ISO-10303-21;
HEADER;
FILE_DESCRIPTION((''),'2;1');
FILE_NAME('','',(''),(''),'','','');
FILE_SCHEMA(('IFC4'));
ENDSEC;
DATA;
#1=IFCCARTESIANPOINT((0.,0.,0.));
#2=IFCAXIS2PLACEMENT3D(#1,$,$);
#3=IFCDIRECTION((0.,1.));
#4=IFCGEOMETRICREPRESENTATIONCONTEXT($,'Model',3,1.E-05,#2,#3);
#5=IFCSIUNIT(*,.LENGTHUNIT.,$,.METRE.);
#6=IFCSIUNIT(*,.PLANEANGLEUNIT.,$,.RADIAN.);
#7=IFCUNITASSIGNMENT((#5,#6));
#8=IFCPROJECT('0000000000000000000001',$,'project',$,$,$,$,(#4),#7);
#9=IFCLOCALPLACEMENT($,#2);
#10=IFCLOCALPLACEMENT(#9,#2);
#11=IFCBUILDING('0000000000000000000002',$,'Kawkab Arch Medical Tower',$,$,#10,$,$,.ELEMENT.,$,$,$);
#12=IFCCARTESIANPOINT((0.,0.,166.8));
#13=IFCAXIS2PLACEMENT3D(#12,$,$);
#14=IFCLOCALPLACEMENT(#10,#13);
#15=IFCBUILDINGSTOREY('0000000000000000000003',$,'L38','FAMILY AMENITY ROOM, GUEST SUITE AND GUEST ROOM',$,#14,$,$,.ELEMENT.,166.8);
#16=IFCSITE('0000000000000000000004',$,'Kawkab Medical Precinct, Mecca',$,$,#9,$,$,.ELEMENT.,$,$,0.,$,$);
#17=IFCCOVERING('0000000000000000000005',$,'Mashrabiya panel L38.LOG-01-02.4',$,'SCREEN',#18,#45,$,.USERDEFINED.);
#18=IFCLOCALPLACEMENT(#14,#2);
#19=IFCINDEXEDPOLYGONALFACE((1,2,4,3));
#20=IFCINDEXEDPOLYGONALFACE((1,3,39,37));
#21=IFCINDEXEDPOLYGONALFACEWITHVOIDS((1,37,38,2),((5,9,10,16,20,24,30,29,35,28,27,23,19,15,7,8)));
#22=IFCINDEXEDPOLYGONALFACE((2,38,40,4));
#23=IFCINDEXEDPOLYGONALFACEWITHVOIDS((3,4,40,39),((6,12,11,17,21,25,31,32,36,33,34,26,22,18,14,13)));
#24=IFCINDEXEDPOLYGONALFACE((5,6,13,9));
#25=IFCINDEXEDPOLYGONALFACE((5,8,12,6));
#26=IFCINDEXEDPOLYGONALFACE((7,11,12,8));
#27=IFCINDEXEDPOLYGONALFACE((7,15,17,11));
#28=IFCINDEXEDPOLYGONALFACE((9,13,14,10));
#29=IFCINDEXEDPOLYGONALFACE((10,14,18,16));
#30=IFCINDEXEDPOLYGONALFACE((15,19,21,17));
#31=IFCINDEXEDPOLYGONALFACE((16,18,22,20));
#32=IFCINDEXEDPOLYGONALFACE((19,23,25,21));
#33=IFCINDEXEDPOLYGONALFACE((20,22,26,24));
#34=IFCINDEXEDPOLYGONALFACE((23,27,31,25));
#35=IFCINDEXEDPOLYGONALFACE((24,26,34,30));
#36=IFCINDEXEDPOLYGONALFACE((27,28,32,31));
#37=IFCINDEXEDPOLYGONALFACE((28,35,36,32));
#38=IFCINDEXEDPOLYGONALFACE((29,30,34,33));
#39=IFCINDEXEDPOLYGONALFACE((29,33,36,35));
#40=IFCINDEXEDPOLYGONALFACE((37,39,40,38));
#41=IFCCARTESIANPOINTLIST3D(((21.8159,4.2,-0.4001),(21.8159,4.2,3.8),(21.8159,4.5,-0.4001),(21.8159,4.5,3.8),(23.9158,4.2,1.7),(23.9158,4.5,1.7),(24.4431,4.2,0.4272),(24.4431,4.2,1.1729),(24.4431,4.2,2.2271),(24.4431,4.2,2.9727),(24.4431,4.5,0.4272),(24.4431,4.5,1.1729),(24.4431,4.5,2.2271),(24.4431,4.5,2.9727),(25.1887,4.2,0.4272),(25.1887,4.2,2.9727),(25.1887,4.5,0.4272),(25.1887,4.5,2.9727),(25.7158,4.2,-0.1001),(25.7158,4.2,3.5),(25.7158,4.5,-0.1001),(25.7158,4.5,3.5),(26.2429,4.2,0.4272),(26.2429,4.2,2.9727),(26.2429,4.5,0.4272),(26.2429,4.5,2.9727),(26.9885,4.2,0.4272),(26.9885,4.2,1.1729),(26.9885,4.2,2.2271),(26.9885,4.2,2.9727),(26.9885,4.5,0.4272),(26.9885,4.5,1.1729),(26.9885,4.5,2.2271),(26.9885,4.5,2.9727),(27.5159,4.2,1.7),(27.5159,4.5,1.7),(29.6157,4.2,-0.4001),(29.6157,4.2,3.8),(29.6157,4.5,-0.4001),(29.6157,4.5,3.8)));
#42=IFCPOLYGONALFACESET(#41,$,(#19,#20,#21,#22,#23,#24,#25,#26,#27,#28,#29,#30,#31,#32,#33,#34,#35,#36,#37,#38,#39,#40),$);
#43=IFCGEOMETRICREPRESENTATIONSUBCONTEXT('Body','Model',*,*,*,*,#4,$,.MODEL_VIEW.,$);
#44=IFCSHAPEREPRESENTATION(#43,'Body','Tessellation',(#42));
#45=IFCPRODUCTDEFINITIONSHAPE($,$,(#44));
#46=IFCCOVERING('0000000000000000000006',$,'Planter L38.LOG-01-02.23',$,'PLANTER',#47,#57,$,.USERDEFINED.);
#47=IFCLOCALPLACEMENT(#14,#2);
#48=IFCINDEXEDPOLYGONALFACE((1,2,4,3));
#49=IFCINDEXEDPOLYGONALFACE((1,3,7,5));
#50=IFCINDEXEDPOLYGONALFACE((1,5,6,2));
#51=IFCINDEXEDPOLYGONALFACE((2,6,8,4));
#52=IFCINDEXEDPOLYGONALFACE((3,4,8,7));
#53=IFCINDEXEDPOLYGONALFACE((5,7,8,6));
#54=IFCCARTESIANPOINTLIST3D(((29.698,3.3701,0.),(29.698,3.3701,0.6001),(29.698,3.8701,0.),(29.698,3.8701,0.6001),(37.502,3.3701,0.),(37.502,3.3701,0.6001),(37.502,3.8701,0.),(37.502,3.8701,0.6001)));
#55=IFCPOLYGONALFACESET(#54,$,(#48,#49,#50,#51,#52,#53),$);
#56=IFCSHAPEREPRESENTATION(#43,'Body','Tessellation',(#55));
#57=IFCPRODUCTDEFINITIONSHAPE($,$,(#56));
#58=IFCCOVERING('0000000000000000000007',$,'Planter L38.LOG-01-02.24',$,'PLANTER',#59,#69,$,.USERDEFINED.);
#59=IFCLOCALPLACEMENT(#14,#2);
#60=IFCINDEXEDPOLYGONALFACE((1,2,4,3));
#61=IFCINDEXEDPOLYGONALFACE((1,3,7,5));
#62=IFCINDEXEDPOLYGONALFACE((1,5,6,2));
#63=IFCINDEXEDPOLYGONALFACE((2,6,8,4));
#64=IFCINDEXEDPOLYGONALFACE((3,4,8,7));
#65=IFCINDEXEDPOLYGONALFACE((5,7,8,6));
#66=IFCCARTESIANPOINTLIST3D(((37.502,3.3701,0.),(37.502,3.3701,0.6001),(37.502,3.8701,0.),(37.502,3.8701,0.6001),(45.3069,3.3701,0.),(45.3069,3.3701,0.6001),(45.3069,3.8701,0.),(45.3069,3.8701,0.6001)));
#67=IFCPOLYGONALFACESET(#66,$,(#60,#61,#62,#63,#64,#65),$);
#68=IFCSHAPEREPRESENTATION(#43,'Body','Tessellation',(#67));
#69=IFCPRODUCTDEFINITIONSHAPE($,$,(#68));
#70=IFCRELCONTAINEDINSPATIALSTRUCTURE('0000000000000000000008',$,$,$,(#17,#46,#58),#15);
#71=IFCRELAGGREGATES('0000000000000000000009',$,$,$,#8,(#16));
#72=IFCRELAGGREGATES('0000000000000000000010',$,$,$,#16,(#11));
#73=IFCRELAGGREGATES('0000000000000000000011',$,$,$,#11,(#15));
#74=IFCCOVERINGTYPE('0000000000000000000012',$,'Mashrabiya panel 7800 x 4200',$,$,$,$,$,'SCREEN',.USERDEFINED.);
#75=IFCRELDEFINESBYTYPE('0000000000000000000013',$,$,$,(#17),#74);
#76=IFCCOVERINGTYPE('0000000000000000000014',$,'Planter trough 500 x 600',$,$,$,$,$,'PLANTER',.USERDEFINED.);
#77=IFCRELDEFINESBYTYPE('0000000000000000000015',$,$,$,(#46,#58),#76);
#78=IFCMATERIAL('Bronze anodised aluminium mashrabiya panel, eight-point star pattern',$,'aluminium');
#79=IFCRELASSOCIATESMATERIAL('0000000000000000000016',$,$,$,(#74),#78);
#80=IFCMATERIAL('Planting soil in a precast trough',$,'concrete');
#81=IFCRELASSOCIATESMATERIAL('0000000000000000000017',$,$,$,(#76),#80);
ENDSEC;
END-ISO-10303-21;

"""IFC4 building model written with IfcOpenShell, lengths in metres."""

from ifc_helpers import new_model, si_unit, direction, frame, origin, origin_2d, place, context, subcontext, project, spatial, polyline, rectangle, outline, extrude, material, material_profile, profile_set, type_object, element, save


model = new_model("IFC4")

# Units and contexts
model_context = context("Model", 3, precision=1e-05, world=origin(), true_north=direction((0.0, 1.0)))
body_context = subcontext(model_context, "Body", "Model", "MODEL_VIEW")
ifc_project = project(units=[si_unit("LENGTHUNIT", "METRE"), si_unit("PLANEANGLEUNIT", "RADIAN")], contexts=[model_context])

# Site, building, storey
site_placement = place(None, origin())
site = spatial("IfcSite", under=ifc_project, at=site_placement, Name="Kawkab Medical Precinct, Mecca", CompositionType="ELEMENT", RefElevation=0.0)
building_placement = place(site_placement, origin())
building = spatial("IfcBuilding", under=site, at=building_placement, Name="Kawkab Arch Medical Tower", CompositionType="ELEMENT")
storey_placement = place(building_placement, frame((0.0, 0.0, 166.8)))
storey = spatial("IfcBuildingStorey", under=building, at=storey_placement, Name="L38", Description="FAMILY AMENITY ROOM, GUEST SUITE AND GUEST ROOM", CompositionType="ELEMENT", Elevation=166.8)

# Coverings
ifc_material_1 = material(Name="Bronze anodised aluminium mashrabiya panel, eight-point star pattern", Category="aluminium")
ifc_material_profile_1 = material_profile(ifc_material_1, outline(polyline([(-3.8999, -2.1001), (3.8999, -2.1001), (3.8999, 2.1001), (-3.8999, 2.1001), (-3.8999, -2.1001)]), holes=[polyline([(1.8, 0.0), (1.2727, 0.5271), (1.2727, 1.2727), (0.5271, 1.2727), (0.0, 1.8), (-0.5271, 1.2727), (-1.2727, 1.2727), (-1.2727, 0.5271), (-1.8, 0.0), (-1.2727, -0.5271), (-1.2727, -1.2727), (-0.5271, -1.2727), (0.0, -1.8), (0.5271, -1.2727), (1.2727, -1.2727), (1.2727, -0.5271), (1.8, 0.0)])]), Name="Mashrabiya panel 7800x4200")
ifc_profile_set_1 = profile_set([ifc_material_profile_1], Name="Bronze anodised aluminium mashrabiya panel, eight-point star pattern")
covering_type_1 = type_object("IfcCoveringType", Name="Mashrabiya panel 7800 x 4200", ElementType="SCREEN", PredefinedType="USERDEFINED", material=ifc_profile_set_1)
covering_1_placement = place(storey_placement, frame((25.7158, 4.2, 1.7), z_axis=(0.0, 1.0, 0.0), x_axis=(-1.0, 0.0, 0.0)))
element("IfcCovering", 1, at=covering_1_placement, inside=storey, type_object=covering_type_1, Name="Mashrabiya panel L38.LOG-01-02.4", ObjectType="SCREEN", PredefinedType="USERDEFINED", context=body_context, shape_type="SweptSolid", body=[
    extrude(outline(polyline([(-3.8999, -2.1001), (3.8999, -2.1001), (3.8999, 2.1001), (-3.8999, 2.1001), (-3.8999, -2.1001)]), holes=[polyline([(1.8, 0.0), (1.2727, 0.5271), (1.2727, 1.2727), (0.5271, 1.2727), (0.0, 1.8), (-0.5271, 1.2727), (-1.2727, 1.2727), (-1.2727, 0.5271), (-1.8, 0.0), (-1.2727, -0.5271), (-1.2727, -1.2727), (-0.5271, -1.2727), (0.0, -1.8), (0.5271, -1.2727), (1.2727, -1.2727), (1.2727, -0.5271), (1.8, 0.0)])]), origin(), (0.0, 0.0, 1.0), 0.3),
])
ifc_material_2 = material(Name="Planting soil in a precast trough", Category="concrete")
ifc_material_profile_2 = material_profile(ifc_material_2, rectangle(XDim=0.5, YDim=0.6001, at=origin_2d()), Name="Trough 500x600")
ifc_profile_set_2 = profile_set([ifc_material_profile_2], Name="Planting soil in a precast trough")
covering_type_2 = type_object("IfcCoveringType", Name="Planter trough 500 x 600", ElementType="PLANTER", PredefinedType="USERDEFINED", material=ifc_profile_set_2)
covering_2_placement = place(storey_placement, frame((29.698, 3.6201, 0.3), z_axis=(1.0, 0.0, 0.0), x_axis=(0.0, 1.0, 0.0)))
element("IfcCovering", 2, at=covering_2_placement, inside=storey, type_object=covering_type_2, Name="Planter L38.LOG-01-02.23", ObjectType="PLANTER", PredefinedType="USERDEFINED", context=body_context, shape_type="SweptSolid", body=[
    extrude(rectangle(XDim=0.5, YDim=0.6001, at=origin_2d()), origin(), (0.0, 0.0, 1.0), 7.804),
])
covering_3_placement = place(storey_placement, frame((37.502, 3.6201, 0.3), z_axis=(1.0, 0.0, 0.0), x_axis=(0.0, 1.0, 0.0)))
element("IfcCovering", 3, at=covering_3_placement, inside=storey, type_object=covering_type_2, Name="Planter L38.LOG-01-02.24", ObjectType="PLANTER", PredefinedType="USERDEFINED", context=body_context, shape_type="SweptSolid", body=[
    extrude(rectangle(XDim=0.5, YDim=0.6001, at=origin_2d()), origin(), (0.0, 0.0, 1.0), 7.8049),
])

save(model, "model.ifc")
